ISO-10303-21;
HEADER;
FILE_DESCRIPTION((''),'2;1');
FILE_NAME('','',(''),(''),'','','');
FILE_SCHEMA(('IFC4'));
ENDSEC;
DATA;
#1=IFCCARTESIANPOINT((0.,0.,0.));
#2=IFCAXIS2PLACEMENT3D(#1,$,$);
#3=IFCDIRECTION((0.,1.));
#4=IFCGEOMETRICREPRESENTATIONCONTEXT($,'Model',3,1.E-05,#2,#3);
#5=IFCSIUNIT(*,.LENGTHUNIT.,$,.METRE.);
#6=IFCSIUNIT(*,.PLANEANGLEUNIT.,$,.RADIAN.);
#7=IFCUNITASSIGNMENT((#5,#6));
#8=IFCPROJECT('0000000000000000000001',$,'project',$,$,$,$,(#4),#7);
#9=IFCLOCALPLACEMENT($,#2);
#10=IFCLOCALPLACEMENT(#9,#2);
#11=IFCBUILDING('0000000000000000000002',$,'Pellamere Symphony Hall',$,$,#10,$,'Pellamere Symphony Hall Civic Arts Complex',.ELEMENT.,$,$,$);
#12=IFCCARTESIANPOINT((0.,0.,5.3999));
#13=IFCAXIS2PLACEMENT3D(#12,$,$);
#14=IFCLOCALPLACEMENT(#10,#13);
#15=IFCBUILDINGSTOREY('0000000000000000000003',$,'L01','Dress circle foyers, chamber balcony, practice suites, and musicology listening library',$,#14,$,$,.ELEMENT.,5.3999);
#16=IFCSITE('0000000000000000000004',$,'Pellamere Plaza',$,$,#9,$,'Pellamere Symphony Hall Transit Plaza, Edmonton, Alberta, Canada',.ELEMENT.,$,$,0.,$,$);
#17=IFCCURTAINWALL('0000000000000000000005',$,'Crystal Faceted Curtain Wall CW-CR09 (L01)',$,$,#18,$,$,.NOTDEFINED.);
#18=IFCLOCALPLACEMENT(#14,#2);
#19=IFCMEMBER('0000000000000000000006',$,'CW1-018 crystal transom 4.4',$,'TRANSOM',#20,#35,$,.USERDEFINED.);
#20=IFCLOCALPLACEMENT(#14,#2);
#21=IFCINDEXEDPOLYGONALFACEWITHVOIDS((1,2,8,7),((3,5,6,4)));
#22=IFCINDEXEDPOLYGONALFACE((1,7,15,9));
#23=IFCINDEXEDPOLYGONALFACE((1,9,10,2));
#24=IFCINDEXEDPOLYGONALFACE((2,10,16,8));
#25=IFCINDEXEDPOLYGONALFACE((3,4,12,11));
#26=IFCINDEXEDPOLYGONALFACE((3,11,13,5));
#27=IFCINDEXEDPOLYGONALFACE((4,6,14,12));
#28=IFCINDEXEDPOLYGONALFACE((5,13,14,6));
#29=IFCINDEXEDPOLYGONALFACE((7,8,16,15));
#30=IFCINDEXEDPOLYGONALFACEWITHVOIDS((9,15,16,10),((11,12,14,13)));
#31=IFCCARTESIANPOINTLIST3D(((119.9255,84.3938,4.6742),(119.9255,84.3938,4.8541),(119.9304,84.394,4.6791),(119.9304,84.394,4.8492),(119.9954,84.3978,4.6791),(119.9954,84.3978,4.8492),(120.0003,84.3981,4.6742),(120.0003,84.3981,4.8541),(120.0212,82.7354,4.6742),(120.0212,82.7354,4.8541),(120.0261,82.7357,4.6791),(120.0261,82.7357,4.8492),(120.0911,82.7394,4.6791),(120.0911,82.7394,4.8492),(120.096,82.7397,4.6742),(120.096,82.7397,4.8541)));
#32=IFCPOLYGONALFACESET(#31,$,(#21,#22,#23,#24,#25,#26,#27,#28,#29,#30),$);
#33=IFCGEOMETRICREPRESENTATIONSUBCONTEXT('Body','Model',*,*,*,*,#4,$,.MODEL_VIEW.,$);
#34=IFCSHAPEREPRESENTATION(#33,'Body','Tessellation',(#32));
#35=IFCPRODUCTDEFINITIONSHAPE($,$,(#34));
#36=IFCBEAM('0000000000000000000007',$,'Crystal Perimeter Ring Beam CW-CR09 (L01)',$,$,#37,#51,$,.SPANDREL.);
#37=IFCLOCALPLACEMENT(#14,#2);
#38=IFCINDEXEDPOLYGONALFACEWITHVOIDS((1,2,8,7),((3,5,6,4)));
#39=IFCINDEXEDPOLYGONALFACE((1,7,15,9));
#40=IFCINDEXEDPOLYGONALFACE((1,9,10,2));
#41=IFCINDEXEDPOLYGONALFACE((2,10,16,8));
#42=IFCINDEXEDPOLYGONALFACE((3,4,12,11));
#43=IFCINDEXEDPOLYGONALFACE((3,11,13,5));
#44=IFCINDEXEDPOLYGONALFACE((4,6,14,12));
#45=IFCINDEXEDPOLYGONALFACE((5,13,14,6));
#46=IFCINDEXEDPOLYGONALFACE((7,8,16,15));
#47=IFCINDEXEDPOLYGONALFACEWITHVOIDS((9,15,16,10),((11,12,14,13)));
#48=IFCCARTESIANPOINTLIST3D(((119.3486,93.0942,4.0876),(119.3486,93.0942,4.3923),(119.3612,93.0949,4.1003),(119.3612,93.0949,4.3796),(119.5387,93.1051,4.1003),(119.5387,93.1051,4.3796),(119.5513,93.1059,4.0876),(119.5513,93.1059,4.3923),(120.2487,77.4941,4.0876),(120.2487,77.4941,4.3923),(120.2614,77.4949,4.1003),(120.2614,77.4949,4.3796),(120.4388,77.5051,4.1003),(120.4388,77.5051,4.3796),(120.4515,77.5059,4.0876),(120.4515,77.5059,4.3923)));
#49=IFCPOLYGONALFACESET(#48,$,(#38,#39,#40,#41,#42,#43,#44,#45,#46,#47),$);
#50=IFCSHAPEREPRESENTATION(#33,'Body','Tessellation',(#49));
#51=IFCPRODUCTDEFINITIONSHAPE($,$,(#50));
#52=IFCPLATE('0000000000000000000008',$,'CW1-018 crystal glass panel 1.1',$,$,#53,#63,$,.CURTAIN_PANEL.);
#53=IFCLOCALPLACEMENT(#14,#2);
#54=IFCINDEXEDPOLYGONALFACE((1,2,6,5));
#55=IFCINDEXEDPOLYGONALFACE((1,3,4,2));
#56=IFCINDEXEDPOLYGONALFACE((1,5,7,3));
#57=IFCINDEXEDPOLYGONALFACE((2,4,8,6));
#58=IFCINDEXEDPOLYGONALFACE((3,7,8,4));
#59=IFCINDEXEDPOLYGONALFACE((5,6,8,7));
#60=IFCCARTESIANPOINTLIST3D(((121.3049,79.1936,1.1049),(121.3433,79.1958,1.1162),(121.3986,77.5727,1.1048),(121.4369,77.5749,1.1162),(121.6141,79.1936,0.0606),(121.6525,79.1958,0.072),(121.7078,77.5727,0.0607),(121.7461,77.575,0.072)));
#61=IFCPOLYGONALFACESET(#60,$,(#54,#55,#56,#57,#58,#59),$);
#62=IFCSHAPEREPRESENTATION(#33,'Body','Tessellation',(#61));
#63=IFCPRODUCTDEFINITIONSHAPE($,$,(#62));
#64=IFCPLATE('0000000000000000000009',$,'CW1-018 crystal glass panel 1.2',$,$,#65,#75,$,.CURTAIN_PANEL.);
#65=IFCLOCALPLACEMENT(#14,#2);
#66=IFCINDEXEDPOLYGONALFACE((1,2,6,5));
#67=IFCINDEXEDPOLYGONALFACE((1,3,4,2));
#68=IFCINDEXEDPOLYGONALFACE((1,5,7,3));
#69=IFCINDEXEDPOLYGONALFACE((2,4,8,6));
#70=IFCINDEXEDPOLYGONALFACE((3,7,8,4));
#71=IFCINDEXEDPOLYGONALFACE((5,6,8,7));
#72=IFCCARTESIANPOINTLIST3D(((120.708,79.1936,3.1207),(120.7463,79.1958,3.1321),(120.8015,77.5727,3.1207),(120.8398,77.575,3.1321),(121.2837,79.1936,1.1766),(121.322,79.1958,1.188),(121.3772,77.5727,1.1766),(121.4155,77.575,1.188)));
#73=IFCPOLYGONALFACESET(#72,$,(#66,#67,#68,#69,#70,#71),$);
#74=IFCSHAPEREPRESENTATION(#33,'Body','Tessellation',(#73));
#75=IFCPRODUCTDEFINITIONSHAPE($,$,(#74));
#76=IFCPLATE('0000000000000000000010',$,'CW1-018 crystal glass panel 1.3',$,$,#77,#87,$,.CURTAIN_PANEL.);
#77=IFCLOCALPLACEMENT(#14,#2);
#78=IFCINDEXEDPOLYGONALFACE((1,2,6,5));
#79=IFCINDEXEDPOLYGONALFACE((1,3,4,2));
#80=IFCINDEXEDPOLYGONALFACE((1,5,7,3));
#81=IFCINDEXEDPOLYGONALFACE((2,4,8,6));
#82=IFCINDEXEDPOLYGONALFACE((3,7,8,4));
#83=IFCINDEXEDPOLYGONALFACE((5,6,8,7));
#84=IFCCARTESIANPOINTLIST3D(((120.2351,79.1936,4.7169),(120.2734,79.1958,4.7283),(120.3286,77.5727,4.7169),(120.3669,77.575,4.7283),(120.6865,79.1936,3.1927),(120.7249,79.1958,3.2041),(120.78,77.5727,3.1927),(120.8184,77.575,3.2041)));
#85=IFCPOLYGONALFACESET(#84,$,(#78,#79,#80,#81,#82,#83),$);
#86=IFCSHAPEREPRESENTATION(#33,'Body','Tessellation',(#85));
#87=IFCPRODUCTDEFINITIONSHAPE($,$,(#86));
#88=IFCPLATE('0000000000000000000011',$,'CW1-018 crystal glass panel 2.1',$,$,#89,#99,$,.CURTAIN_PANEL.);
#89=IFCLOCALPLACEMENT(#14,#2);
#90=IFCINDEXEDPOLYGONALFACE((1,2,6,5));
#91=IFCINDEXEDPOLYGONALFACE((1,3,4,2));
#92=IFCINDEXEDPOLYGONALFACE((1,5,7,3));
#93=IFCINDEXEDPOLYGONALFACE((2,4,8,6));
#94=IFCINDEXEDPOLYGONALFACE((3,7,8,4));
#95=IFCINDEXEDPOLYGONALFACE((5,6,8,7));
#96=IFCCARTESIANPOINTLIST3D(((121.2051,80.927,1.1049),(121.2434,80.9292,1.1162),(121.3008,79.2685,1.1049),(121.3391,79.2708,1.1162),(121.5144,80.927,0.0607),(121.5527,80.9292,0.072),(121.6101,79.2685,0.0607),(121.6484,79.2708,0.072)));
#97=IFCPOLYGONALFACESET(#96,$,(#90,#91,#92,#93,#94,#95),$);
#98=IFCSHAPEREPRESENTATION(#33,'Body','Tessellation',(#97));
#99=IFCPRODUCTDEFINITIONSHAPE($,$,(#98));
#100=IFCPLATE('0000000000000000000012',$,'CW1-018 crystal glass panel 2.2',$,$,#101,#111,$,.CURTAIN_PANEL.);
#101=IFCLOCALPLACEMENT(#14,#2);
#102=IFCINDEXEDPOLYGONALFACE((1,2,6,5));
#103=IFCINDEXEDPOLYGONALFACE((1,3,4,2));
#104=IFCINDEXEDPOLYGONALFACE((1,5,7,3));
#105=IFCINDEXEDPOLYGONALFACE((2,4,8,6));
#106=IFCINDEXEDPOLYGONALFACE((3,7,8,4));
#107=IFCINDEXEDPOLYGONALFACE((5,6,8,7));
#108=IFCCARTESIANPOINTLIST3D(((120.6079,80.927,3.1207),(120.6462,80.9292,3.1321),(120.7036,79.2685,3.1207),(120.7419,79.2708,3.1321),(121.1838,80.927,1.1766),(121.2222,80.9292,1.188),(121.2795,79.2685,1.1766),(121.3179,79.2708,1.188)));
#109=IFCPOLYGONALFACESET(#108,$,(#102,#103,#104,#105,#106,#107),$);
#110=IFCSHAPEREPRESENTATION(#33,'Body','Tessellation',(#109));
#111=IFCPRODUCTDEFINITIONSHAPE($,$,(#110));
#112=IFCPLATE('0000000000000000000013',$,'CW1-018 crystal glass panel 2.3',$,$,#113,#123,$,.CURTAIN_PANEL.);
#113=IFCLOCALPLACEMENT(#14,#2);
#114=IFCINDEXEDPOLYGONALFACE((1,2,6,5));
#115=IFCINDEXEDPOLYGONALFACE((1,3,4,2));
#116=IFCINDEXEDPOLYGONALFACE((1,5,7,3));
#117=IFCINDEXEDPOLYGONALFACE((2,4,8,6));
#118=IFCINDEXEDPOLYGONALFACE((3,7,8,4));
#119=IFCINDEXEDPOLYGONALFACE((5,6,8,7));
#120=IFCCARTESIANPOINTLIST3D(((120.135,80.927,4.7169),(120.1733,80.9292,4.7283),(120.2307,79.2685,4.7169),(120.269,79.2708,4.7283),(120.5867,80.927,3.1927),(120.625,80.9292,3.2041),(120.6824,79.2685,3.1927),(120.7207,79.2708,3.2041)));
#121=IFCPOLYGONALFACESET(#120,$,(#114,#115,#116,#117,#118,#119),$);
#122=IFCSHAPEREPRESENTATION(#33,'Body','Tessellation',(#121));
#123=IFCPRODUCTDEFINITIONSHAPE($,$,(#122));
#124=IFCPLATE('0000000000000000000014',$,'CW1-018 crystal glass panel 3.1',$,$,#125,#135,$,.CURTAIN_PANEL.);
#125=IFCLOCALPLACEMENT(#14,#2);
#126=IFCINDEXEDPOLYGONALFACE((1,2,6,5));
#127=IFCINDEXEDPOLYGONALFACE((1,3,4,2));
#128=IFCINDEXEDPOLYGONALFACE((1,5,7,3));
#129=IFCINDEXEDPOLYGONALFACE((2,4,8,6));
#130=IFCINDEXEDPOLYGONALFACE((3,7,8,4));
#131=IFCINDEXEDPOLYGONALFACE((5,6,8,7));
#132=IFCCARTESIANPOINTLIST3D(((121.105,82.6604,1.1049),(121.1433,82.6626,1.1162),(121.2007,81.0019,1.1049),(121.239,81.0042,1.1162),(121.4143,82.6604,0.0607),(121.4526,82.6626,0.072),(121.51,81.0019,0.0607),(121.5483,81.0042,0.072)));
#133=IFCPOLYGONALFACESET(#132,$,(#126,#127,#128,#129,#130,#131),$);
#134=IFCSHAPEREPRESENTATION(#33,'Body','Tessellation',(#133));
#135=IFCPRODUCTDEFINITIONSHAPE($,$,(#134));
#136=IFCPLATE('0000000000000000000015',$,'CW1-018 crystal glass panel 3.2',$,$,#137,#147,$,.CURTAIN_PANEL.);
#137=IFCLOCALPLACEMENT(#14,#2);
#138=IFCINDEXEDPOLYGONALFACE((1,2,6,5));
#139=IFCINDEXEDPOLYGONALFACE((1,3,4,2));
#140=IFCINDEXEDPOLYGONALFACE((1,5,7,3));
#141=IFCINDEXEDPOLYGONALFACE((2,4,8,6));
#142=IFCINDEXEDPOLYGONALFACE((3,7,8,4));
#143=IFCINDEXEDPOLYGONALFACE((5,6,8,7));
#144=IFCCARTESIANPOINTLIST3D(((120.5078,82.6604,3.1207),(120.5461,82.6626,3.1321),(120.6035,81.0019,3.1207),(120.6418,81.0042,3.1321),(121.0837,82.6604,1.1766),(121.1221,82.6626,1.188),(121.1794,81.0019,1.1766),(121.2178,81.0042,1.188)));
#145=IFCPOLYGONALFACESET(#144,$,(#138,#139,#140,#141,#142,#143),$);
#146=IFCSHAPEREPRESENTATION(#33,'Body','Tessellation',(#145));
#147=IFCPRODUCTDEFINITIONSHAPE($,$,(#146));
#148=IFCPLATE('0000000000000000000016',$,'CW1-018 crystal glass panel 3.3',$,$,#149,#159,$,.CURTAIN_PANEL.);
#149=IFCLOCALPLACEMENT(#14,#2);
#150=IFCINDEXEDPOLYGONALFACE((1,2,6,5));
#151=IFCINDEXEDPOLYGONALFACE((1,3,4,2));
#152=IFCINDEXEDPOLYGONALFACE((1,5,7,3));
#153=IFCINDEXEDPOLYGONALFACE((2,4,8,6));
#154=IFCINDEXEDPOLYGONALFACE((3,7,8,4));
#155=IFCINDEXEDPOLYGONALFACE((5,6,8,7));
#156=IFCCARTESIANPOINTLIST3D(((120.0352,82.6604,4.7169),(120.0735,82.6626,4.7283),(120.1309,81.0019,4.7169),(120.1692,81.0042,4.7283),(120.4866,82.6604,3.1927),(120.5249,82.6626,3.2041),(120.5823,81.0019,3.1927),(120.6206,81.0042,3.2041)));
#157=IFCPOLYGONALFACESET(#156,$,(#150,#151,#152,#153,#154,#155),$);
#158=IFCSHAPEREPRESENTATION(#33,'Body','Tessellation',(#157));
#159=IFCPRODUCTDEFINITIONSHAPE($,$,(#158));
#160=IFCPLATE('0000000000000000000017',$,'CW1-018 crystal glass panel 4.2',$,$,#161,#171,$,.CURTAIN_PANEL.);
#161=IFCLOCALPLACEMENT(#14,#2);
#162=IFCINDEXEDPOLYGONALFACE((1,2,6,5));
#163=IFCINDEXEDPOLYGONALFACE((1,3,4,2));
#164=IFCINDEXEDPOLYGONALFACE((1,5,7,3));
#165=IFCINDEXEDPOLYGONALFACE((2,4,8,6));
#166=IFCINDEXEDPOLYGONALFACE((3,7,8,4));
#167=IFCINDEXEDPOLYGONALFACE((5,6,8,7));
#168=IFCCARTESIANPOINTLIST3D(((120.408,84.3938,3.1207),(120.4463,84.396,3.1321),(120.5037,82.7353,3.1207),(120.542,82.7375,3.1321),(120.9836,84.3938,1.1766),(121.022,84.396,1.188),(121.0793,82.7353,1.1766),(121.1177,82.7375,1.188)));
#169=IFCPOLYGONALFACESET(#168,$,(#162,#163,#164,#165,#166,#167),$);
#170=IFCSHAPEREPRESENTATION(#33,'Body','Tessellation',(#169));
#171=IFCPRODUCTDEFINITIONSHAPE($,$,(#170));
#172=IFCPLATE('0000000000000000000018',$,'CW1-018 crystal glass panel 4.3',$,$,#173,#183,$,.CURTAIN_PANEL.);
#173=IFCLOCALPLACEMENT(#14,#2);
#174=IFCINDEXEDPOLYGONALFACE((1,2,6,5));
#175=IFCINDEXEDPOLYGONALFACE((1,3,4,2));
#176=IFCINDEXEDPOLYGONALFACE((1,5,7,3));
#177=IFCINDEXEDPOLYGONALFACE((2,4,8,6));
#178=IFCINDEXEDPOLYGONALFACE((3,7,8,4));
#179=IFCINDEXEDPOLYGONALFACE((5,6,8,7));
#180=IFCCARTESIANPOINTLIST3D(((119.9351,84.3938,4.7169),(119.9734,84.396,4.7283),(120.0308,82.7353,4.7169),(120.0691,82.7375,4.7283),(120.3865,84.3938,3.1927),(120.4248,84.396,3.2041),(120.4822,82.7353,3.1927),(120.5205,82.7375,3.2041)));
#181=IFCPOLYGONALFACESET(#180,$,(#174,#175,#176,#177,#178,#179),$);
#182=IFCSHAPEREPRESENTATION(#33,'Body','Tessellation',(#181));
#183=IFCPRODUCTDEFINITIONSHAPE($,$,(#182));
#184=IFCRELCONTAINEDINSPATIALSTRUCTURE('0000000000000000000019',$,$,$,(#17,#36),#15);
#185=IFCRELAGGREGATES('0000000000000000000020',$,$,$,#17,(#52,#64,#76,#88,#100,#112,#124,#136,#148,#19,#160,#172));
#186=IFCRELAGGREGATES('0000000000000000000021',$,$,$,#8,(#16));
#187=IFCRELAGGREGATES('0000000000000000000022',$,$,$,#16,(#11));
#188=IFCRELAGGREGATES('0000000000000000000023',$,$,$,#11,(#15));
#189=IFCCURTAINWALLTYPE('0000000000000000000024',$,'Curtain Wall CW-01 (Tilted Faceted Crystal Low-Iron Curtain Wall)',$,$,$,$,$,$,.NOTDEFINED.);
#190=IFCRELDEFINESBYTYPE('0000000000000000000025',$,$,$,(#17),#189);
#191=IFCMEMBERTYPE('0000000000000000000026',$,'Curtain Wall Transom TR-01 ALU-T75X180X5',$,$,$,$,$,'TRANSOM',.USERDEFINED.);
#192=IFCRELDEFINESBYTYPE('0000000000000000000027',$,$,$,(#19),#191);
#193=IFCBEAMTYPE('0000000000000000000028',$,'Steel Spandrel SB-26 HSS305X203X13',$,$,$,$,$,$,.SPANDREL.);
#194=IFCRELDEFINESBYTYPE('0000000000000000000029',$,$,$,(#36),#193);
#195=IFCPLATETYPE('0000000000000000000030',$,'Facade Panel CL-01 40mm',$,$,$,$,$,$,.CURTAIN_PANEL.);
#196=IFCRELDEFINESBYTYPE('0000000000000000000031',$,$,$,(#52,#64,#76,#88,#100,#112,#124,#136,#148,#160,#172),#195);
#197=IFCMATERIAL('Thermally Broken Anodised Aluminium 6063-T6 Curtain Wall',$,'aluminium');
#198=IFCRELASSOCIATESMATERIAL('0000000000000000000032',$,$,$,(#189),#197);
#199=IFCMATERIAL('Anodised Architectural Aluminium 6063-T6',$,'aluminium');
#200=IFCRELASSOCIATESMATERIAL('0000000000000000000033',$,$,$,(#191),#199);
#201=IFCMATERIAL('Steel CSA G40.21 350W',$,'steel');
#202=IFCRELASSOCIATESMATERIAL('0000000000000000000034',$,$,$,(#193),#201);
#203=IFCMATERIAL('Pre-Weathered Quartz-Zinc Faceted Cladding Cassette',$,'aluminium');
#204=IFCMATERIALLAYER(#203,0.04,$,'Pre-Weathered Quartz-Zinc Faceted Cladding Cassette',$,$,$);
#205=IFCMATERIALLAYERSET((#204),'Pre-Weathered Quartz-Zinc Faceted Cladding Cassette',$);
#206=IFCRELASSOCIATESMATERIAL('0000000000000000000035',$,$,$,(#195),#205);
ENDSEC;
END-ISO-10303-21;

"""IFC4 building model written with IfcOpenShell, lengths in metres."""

from ifc_helpers import new_model, si_unit, direction, frame, origin, origin_2d, place, context, subcontext, project, spatial, polyline, hollow_rectangle, outline, extrude, material, layer, layer_set, material_profile, profile_set, type_object, element, aggregate, save


model = new_model("IFC4")

# Units and contexts
model_context = context("Model", 3, precision=1e-05, world=origin(), true_north=direction((0.0, 1.0)))
body_context = subcontext(model_context, "Body", "Model", "MODEL_VIEW")
ifc_project = project(units=[si_unit("LENGTHUNIT", "METRE"), si_unit("PLANEANGLEUNIT", "RADIAN")], contexts=[model_context])

# Site, building, storey
site_placement = place(None, origin())
site = spatial("IfcSite", under=ifc_project, at=site_placement, Name="Pellamere Plaza", LongName="Pellamere Symphony Hall Transit Plaza, Edmonton, Alberta, Canada", CompositionType="ELEMENT", RefElevation=0.0)
building_placement = place(site_placement, origin())
building = spatial("IfcBuilding", under=site, at=building_placement, Name="Pellamere Symphony Hall", LongName="Pellamere Symphony Hall Civic Arts Complex", CompositionType="ELEMENT")
storey_placement = place(building_placement, frame((0.0, 0.0, 5.3999)))
storey = spatial("IfcBuildingStorey", under=building, at=storey_placement, Name="L01", Description="Dress circle foyers, chamber balcony, practice suites, and musicology listening library", CompositionType="ELEMENT", Elevation=5.3999)

# Shared definitions
ifc_material_1 = material(Name="Thermally Broken Anodised Aluminium 6063-T6 Curtain Wall", Category="aluminium")
curtain_wall_type = type_object("IfcCurtainWallType", Name="Curtain Wall CW-01 (Tilted Faceted Crystal Low-Iron Curtain Wall)", PredefinedType="NOTDEFINED", material=ifc_material_1)
ifc_material_2 = material(Name="Anodised Architectural Aluminium 6063-T6", Category="aluminium")

# Curtain wall
curtain_wall_1_placement = place(storey_placement, origin())
curtain_wall_1 = element("IfcCurtainWall", 1, at=curtain_wall_1_placement, inside=storey, type_object=curtain_wall_type, Name="Crystal Faceted Curtain Wall CW-CR09 (L01)", PredefinedType="NOTDEFINED")

# Member
ifc_material_profile_1 = material_profile(ifc_material_2, hollow_rectangle(XDim=0.075, YDim=0.1799, WallThickness=0.0049, at=origin_2d()), Name="ALU-T75X180X5")
ifc_profile_set_1 = profile_set([ifc_material_profile_1], Name="Anodised Architectural Aluminium 6063-T6")
member_type_1 = type_object("IfcMemberType", Name="Curtain Wall Transom TR-01 ALU-T75X180X5", ElementType="TRANSOM", PredefinedType="USERDEFINED", material=ifc_profile_set_1)
member_1_placement = place(storey_placement, frame((120.0586, 82.7375, 4.7642), z_axis=(-0.057611, 0.998339, 0.0), x_axis=(-0.998339, -0.057611, 0.0)))
member_1 = element("IfcMember", 2, at=member_1_placement, type_object=member_type_1, Name="CW1-018 crystal transom 4.4", ObjectType="TRANSOM", PredefinedType="USERDEFINED", context=body_context, shape_type="SweptSolid", body=[
    extrude(hollow_rectangle(XDim=0.075, YDim=0.1799, WallThickness=0.0049, at=origin_2d()), origin(), (0.0, 0.0, 1.0), 1.6611),
])

# Beam
ifc_material_3 = material(Name="Steel CSA G40.21 350W", Category="steel")
ifc_material_profile_2 = material_profile(ifc_material_3, hollow_rectangle(XDim=0.2031, YDim=0.3047, WallThickness=0.0127, at=origin_2d()), Name="HSS305X203X13")
ifc_profile_set_2 = profile_set([ifc_material_profile_2], Name="Steel CSA G40.21 350W")
beam_type = type_object("IfcBeamType", Name="Steel Spandrel SB-26 HSS305X203X13", PredefinedType="SPANDREL", material=ifc_profile_set_2)
beam_placement = place(storey_placement, frame((120.3501, 77.5, 4.24), z_axis=(-0.057606, 0.998339, 0.0), x_axis=(-0.998339, -0.057606, 0.0)))
element("IfcBeam", 3, at=beam_placement, inside=storey, type_object=beam_type, Name="Crystal Perimeter Ring Beam CW-CR09 (L01)", PredefinedType="SPANDREL", context=body_context, shape_type="SweptSolid", body=[
    extrude(hollow_rectangle(XDim=0.2031, YDim=0.3047, WallThickness=0.0127, at=origin_2d()), origin(), (0.0, 0.0, 1.0), 15.626),
])

# Plates
ifc_material_4 = material(Name="Pre-Weathered Quartz-Zinc Faceted Cladding Cassette", Category="aluminium")
ifc_layer_1 = layer(ifc_material_4, 0.04, Name="Pre-Weathered Quartz-Zinc Faceted Cladding Cassette")
ifc_layer_set_1 = layer_set([ifc_layer_1], Name="Pre-Weathered Quartz-Zinc Faceted Cladding Cassette")
plate_type_1 = type_object("IfcPlateType", Name="Facade Panel CL-01 40mm", PredefinedType="CURTAIN_PANEL", material=ifc_layer_set_1)
plate_1_placement = place(storey_placement, frame((121.7461, 77.575, 0.072), z_axis=(0.957377, 0.055303, 0.283497), x_axis=(-0.057663, 0.998336, -0.00002)))
plate_1 = element("IfcPlate", 4, at=plate_1_placement, type_object=plate_type_1, Name="CW1-018 crystal glass panel 1.1", PredefinedType="CURTAIN_PANEL", context=body_context, shape_type="SweptSolid", body=[
    extrude(outline(polyline([(0.0, 0.0), (1.6235, 0.0), (1.6414, 1.0889), (0.0178, 1.0888), (0.0, 0.0)])), origin(), (0.0, 0.0, -1.0), 0.04),
])
plate_2_placement = place(storey_placement, frame((121.4155, 77.575, 1.188), z_axis=(0.957381, 0.055231, 0.283499), x_axis=(-0.057594, 0.99834, 0.0)))
plate_2 = element("IfcPlate", 5, at=plate_2_placement, type_object=plate_type_1, Name="CW1-018 crystal glass panel 1.2", PredefinedType="CURTAIN_PANEL", context=body_context, shape_type="SweptSolid", body=[
    extrude(outline(polyline([(0.0, 0.0), (1.6235, 0.0), (1.6567, 2.0273), (0.0332, 2.0273), (0.0, 0.0)])), origin(), (0.0, 0.0, -1.0), 0.04),
])
plate_3_placement = place(storey_placement, frame((120.8184, 77.575, 3.2041), z_axis=(0.957367, 0.05523, 0.283545), x_axis=(-0.057594, 0.99834, 0.0)))
plate_3 = element("IfcPlate", 6, at=plate_3_placement, type_object=plate_type_1, Name="CW1-018 crystal glass panel 1.3", PredefinedType="CURTAIN_PANEL", context=body_context, shape_type="SweptSolid", body=[
    extrude(outline(polyline([(0.0, 0.0), (1.6235, 0.0), (1.6495, 1.5894), (0.026, 1.5894), (0.0, 0.0)])), origin(), (0.0, 0.0, -1.0), 0.04),
])
plate_4_placement = place(storey_placement, frame((121.6484, 79.2708, 0.072), z_axis=(0.95735, 0.055245, 0.283601), x_axis=(-0.057611, 0.998339, 0.0)))
plate_4 = element("IfcPlate", 7, at=plate_4_placement, type_object=plate_type_1, Name="CW1-018 crystal glass panel 2.1", PredefinedType="CURTAIN_PANEL", context=body_context, shape_type="SweptSolid", body=[
    extrude(outline(polyline([(0.0, 0.0), (1.6612, 0.0), (1.679, 1.0889), (0.0178, 1.0889), (0.0, 0.0)])), origin(), (0.0, 0.0, -1.0), 0.04),
])
plate_5_placement = place(storey_placement, frame((121.3179, 79.2708, 1.188), z_axis=(0.957347, 0.055245, 0.283609), x_axis=(-0.057611, 0.998339, 0.0)))
plate_5 = element("IfcPlate", 8, at=plate_5_placement, type_object=plate_type_1, Name="CW1-018 crystal glass panel 2.2", PredefinedType="CURTAIN_PANEL", context=body_context, shape_type="SweptSolid", body=[
    extrude(outline(polyline([(0.0, 0.0), (1.6612, 0.0), (1.6944, 2.0273), (0.0332, 2.0273), (0.0, 0.0)])), origin(), (0.0, 0.0, -1.0), 0.04),
])
plate_6_placement = place(storey_placement, frame((120.7207, 79.2708, 3.2041), z_axis=(0.957325, 0.055244, 0.283686), x_axis=(-0.057611, 0.998339, 0.0)))
plate_6 = element("IfcPlate", 9, at=plate_6_placement, type_object=plate_type_1, Name="CW1-018 crystal glass panel 2.3", PredefinedType="CURTAIN_PANEL", context=body_context, shape_type="SweptSolid", body=[
    extrude(outline(polyline([(0.0, 0.0), (1.6612, 0.0), (1.6872, 1.5895), (0.026, 1.5895), (0.0, 0.0)])), origin(), (0.0, 0.0, -1.0), 0.04),
])
plate_7_placement = place(storey_placement, frame((121.5483, 81.0042, 0.072), z_axis=(0.95735, 0.055245, 0.283601), x_axis=(-0.057611, 0.998339, 0.0)))
plate_7 = element("IfcPlate", 10, at=plate_7_placement, type_object=plate_type_1, Name="CW1-018 crystal glass panel 3.1", PredefinedType="CURTAIN_PANEL", context=body_context, shape_type="SweptSolid", body=[
    extrude(outline(polyline([(0.0, 0.0), (1.6612, 0.0), (1.679, 1.0889), (0.0178, 1.0889), (0.0, 0.0)])), origin(), (0.0, 0.0, -1.0), 0.04),
])
plate_8_placement = place(storey_placement, frame((121.2178, 81.0042, 1.188), z_axis=(0.957347, 0.055245, 0.283609), x_axis=(-0.057611, 0.998339, 0.0)))
plate_8 = element("IfcPlate", 11, at=plate_8_placement, type_object=plate_type_1, Name="CW1-018 crystal glass panel 3.2", PredefinedType="CURTAIN_PANEL", context=body_context, shape_type="SweptSolid", body=[
    extrude(outline(polyline([(0.0, 0.0), (1.6612, 0.0), (1.6944, 2.0273), (0.0332, 2.0273), (0.0, 0.0)])), origin(), (0.0, 0.0, -1.0), 0.04),
])
plate_9_placement = place(storey_placement, frame((120.6206, 81.0042, 3.2041), z_axis=(0.957366, 0.055246, 0.283545), x_axis=(-0.057611, 0.998339, 0.0)))
plate_9 = element("IfcPlate", 12, at=plate_9_placement, type_object=plate_type_1, Name="CW1-018 crystal glass panel 3.3", PredefinedType="CURTAIN_PANEL", context=body_context, shape_type="SweptSolid", body=[
    extrude(outline(polyline([(0.0, 0.0), (1.6612, 0.0), (1.6872, 1.5894), (0.026, 1.5894), (0.0, 0.0)])), origin(), (0.0, 0.0, -1.0), 0.04),
])
plate_10_placement = place(storey_placement, frame((121.1177, 82.7375, 1.188), z_axis=(0.95738, 0.055247, 0.283499), x_axis=(-0.057611, 0.998339, 0.0)))
plate_10 = element("IfcPlate", 13, at=plate_10_placement, type_object=plate_type_1, Name="CW1-018 crystal glass panel 4.2", PredefinedType="CURTAIN_PANEL", context=body_context, shape_type="SweptSolid", body=[
    extrude(outline(polyline([(0.0, 0.0), (1.6612, 0.0), (1.6944, 2.0273), (0.0332, 2.0273), (0.0, 0.0)])), origin(), (0.0, 0.0, -1.0), 0.04),
])
plate_11_placement = place(storey_placement, frame((120.5205, 82.7375, 3.2041), z_axis=(0.957366, 0.055246, 0.283545), x_axis=(-0.057611, 0.998339, 0.0)))
plate_11 = element("IfcPlate", 14, at=plate_11_placement, type_object=plate_type_1, Name="CW1-018 crystal glass panel 4.3", PredefinedType="CURTAIN_PANEL", context=body_context, shape_type="SweptSolid", body=[
    extrude(outline(polyline([(0.0, 0.0), (1.6612, 0.0), (1.6872, 1.5894), (0.026, 1.5894), (0.0, 0.0)])), origin(), (0.0, 0.0, -1.0), 0.04),
])
aggregate(curtain_wall_1, [plate_1, plate_2, plate_3, plate_4, plate_5, plate_6, plate_7, plate_8, plate_9, member_1, plate_10, plate_11])

save(model, "model.ifc")
